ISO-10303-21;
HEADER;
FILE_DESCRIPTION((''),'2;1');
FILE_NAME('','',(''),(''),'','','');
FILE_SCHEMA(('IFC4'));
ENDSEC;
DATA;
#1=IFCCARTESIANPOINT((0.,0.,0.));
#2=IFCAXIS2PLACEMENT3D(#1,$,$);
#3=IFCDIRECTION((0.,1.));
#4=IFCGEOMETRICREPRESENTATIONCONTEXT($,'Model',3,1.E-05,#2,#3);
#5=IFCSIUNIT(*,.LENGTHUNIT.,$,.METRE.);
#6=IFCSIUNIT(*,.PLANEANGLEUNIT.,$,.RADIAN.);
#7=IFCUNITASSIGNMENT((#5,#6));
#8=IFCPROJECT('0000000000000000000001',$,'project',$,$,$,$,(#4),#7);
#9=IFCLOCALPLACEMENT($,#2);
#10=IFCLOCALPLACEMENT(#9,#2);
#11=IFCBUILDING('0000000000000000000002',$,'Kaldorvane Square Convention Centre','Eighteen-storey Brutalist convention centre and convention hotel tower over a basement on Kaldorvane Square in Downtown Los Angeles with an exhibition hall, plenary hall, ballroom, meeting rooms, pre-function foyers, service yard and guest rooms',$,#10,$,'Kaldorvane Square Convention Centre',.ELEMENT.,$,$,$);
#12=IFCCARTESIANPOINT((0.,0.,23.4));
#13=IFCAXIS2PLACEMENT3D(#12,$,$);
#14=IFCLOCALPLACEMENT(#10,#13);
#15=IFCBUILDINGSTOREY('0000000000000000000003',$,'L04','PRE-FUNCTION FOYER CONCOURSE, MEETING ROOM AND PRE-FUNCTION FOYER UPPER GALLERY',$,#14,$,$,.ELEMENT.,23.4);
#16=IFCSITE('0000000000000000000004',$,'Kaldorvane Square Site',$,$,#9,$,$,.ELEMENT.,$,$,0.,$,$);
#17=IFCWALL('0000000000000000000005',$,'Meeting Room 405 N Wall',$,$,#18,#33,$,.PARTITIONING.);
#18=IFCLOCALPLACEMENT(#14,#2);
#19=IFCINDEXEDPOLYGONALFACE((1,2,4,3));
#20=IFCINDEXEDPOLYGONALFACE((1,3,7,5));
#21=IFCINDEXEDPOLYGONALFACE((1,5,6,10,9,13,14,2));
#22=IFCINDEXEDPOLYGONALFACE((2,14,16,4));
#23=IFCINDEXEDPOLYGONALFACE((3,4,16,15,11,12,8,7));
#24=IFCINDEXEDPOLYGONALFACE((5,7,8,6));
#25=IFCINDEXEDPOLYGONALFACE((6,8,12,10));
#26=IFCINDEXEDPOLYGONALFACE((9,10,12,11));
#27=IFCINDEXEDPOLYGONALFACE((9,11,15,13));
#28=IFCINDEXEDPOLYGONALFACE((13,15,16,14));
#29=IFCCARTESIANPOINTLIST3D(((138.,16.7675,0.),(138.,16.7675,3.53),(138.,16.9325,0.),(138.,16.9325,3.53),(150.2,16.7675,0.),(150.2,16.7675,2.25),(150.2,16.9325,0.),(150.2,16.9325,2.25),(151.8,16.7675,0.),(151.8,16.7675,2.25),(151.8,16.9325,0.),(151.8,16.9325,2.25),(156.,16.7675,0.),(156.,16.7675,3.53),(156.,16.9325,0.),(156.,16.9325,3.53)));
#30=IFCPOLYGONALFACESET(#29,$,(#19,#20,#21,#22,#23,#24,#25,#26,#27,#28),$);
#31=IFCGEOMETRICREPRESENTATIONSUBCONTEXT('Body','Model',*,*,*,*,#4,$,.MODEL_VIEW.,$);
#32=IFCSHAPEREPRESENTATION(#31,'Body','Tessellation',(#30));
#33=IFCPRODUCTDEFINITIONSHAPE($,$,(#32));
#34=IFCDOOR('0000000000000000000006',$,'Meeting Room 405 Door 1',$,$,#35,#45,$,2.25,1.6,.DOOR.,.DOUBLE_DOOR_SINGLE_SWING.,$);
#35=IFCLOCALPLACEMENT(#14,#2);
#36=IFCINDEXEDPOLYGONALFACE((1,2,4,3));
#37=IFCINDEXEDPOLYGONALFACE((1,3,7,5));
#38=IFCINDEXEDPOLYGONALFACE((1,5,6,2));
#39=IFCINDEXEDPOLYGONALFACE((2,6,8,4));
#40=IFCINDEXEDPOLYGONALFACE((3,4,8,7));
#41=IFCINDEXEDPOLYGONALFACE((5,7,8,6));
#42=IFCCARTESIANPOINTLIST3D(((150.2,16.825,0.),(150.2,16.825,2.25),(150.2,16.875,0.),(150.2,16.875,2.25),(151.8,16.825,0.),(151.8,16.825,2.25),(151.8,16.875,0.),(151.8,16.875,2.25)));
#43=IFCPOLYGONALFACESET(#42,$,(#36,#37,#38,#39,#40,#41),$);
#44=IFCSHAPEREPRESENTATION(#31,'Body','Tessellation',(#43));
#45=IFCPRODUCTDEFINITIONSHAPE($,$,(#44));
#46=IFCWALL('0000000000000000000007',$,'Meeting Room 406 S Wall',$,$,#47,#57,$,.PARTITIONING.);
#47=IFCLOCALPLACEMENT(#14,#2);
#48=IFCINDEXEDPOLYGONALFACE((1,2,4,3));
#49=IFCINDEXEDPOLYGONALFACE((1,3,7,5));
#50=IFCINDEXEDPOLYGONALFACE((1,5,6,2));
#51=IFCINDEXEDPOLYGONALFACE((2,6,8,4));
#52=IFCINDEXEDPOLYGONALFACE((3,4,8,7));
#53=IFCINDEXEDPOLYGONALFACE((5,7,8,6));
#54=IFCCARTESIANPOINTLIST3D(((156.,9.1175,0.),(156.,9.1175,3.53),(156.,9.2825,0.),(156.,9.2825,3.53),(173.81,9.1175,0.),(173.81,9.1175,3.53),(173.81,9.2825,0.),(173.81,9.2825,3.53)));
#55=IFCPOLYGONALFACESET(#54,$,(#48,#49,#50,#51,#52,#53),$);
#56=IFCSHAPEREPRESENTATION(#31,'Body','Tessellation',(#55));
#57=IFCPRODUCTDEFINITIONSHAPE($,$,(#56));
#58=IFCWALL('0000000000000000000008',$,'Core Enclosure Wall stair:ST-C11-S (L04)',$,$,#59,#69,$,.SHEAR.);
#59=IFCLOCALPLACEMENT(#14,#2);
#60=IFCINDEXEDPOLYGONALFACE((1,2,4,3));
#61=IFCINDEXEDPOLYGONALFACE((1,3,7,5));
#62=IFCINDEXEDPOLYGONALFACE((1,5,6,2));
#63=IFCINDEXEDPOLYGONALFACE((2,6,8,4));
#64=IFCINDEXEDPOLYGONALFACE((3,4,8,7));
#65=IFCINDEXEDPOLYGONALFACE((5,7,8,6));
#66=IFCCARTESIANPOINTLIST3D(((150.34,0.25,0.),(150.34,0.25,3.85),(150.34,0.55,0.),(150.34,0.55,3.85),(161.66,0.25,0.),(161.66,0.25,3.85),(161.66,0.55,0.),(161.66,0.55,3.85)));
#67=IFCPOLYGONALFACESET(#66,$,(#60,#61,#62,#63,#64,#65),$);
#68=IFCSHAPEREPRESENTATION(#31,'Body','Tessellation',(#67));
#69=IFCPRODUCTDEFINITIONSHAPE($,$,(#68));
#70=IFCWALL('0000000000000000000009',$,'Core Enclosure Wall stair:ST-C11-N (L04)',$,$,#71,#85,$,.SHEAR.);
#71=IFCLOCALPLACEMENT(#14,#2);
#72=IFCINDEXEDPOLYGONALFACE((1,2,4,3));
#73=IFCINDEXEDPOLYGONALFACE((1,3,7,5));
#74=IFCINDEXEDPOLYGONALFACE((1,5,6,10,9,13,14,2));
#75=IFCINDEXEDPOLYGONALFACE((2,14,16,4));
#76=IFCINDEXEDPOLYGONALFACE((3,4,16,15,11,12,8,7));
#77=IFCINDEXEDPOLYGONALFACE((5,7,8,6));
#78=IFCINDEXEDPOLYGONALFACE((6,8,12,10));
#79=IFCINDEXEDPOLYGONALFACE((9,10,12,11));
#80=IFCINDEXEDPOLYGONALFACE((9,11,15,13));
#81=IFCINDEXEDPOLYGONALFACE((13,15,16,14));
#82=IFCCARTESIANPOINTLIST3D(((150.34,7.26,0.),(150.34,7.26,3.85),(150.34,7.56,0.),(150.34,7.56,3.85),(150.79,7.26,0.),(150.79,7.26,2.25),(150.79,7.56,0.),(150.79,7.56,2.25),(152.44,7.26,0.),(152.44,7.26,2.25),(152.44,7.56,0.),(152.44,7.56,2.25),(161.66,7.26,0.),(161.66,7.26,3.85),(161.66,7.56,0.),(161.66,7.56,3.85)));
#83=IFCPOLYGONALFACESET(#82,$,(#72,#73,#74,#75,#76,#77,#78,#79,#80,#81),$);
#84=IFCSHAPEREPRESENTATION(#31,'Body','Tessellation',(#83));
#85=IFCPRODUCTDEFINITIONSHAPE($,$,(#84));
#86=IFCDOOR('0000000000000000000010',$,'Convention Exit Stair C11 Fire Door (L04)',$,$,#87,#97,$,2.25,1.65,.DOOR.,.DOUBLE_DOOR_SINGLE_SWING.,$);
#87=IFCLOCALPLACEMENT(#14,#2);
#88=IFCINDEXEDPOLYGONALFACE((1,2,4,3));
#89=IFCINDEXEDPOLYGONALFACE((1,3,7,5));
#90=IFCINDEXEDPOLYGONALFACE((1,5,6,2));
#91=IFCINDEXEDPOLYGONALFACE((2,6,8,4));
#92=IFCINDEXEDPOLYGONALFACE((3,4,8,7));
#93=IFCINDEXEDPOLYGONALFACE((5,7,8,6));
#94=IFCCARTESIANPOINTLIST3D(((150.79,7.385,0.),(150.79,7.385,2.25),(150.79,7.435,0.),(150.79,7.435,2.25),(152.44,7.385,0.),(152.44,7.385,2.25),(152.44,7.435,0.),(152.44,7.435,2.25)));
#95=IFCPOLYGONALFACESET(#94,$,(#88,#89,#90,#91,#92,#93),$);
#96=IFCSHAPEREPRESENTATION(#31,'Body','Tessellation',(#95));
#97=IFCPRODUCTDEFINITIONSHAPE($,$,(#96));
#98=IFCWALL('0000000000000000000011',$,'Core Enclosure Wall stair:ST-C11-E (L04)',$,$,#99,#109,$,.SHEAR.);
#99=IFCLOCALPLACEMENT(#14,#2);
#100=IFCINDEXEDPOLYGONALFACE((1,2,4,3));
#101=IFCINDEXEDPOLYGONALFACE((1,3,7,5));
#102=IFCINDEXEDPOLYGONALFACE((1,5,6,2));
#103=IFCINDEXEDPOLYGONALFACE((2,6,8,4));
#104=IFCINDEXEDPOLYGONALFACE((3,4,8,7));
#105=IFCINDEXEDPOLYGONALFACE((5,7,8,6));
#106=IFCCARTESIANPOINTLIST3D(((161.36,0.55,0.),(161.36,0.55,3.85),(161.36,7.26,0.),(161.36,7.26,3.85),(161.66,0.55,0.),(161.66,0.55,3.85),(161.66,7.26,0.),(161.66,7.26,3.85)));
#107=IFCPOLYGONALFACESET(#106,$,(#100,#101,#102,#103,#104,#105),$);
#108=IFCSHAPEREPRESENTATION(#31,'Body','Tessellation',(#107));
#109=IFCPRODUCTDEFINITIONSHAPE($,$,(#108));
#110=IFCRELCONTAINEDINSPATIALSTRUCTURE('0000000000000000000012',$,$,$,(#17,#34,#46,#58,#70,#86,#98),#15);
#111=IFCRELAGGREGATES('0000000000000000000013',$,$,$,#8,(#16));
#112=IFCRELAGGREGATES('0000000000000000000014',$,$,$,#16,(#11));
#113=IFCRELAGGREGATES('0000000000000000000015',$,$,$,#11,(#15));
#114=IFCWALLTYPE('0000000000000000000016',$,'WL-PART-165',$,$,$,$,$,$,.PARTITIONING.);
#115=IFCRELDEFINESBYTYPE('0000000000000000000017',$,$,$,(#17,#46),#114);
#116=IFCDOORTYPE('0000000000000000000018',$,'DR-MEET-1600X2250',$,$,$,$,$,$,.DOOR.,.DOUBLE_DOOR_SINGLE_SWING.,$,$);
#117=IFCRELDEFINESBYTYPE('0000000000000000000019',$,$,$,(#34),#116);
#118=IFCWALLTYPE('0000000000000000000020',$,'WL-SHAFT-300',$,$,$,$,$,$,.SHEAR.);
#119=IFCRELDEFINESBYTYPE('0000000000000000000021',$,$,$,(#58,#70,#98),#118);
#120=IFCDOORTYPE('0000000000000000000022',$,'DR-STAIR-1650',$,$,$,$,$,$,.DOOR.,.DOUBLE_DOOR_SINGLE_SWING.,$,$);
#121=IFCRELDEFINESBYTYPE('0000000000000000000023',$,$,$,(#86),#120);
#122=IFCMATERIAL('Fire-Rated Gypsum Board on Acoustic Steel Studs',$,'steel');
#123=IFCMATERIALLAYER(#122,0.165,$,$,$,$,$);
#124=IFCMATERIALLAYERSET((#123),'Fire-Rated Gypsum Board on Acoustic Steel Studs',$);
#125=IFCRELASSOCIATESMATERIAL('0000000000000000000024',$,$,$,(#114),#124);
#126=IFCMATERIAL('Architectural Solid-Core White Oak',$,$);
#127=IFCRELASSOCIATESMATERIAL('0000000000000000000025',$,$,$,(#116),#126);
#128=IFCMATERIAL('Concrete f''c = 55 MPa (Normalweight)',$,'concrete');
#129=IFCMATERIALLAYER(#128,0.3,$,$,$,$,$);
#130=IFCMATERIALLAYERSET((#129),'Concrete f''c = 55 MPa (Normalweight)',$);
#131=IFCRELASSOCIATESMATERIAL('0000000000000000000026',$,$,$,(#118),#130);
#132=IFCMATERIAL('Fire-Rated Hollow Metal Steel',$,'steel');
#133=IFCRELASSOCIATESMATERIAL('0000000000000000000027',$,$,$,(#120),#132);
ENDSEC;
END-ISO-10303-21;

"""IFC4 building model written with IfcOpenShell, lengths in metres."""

from ifc_helpers import new_model, si_unit, direction, frame, frame_2d, origin, place, context, subcontext, project, spatial, rectangle, extrude, material, layer, layer_set, type_object, element, fill, save


model = new_model("IFC4")

# Units and contexts
model_context = context("Model", 3, precision=1e-05, world=origin(), true_north=direction((0.0, 1.0)))
body_context = subcontext(model_context, "Body", "Model", "MODEL_VIEW")
ifc_project = project(units=[si_unit("LENGTHUNIT", "METRE"), si_unit("PLANEANGLEUNIT", "RADIAN")], contexts=[model_context])

# Site, building, storey
site_placement = place(None, origin())
site = spatial("IfcSite", under=ifc_project, at=site_placement, Name="Kaldorvane Square Site", CompositionType="ELEMENT", RefElevation=0.0)
building_placement = place(site_placement, origin())
building = spatial("IfcBuilding", under=site, at=building_placement, Name="Kaldorvane Square Convention Centre", Description="Eighteen-storey Brutalist convention centre and convention hotel tower over a basement on Kaldorvane Square in Downtown Los Angeles with an exhibition hall, plenary hall, ballroom, meeting rooms, pre-function foyers, service yard and guest rooms", LongName="Kaldorvane Square Convention Centre", CompositionType="ELEMENT")
storey_placement = place(building_placement, frame((0.0, 0.0, 23.4)))
storey = spatial("IfcBuildingStorey", under=building, at=storey_placement, Name="L04", Description="PRE-FUNCTION FOYER CONCOURSE, MEETING ROOM AND PRE-FUNCTION FOYER UPPER GALLERY", CompositionType="ELEMENT", Elevation=23.4)

# Shared definitions
ifc_material_1 = material(Name="Fire-Rated Gypsum Board on Acoustic Steel Studs", Category="steel")
ifc_layer_1 = layer(ifc_material_1, 0.165)
ifc_layer_set_1 = layer_set([ifc_layer_1], Name="Fire-Rated Gypsum Board on Acoustic Steel Studs")
wall_type_1 = type_object("IfcWallType", Name="WL-PART-165", PredefinedType="PARTITIONING", material=ifc_layer_set_1)

# Wall, opening, door
wall_1_placement = place(storey_placement, frame((156.0, 16.85, 0.0), z_axis=(0.0, 0.0, 1.0), x_axis=(-1.0, 0.0, 0.0)))
wall_1 = element("IfcWall", 1, at=wall_1_placement, inside=storey, type_object=wall_type_1, Name="Meeting Room 405 N Wall", PredefinedType="PARTITIONING", context=body_context, shape_type="SweptSolid", body=[
    extrude(rectangle(XDim=18.0, YDim=0.165, at=frame_2d((9.0, 0.0))), origin(), (0.0, 0.0, 1.0), 3.53),
])
opening_1_placement = place(wall_1_placement, frame((4.2, 0.0, 0.0)))
opening_1 = element("IfcOpeningElement", 2, at=opening_1_placement, cuts=wall_1, PredefinedType="OPENING", context=body_context, shape_type="SweptSolid", body=[
    extrude(rectangle(XDim=1.6, YDim=2.25, at=frame_2d((0.8, 1.125))), frame((0.0, 0.0975, 0.0), z_axis=(0.0, -1.0, 0.0), x_axis=(1.0, 0.0, 0.0)), (0.0, 0.0, 1.0), 0.195),
])
ifc_material_2 = material(Name="Architectural Solid-Core White Oak")
door_type_1 = type_object("IfcDoorType", Name="DR-MEET-1600X2250", OperationType="DOUBLE_DOOR_SINGLE_SWING", PredefinedType="DOOR", material=ifc_material_2)
door_1_placement = place(opening_1_placement, origin())
door_1 = element("IfcDoor", 3, at=door_1_placement, inside=storey, type_object=door_type_1, Name="Meeting Room 405 Door 1", OperationType="DOUBLE_DOOR_SINGLE_SWING", OverallHeight=2.25, OverallWidth=1.6, PredefinedType="DOOR", context=body_context, shape_type="SweptSolid", body=[
    extrude(rectangle(XDim=1.6, YDim=2.25, at=frame_2d((0.8, 1.125))), frame((0.0, 0.025, 0.0), z_axis=(0.0, -1.0, 0.0), x_axis=(1.0, 0.0, 0.0)), (0.0, 0.0, 1.0), 0.05),
])
fill(opening_1, door_1)

# Walls
wall_2_placement = place(storey_placement, frame((156.0, 9.2, 0.0), z_axis=(0.0, 0.0, 1.0), x_axis=(1.0, 0.0, 0.0)))
element("IfcWall", 4, at=wall_2_placement, inside=storey, type_object=wall_type_1, Name="Meeting Room 406 S Wall", PredefinedType="PARTITIONING", context=body_context, shape_type="SweptSolid", body=[
    extrude(rectangle(XDim=17.81, YDim=0.165, at=frame_2d((8.905, 0.0))), origin(), (0.0, 0.0, 1.0), 3.53),
])
ifc_material_3 = material(Name="Concrete f'c = 55 MPa (Normalweight)", Category="concrete")
ifc_layer_2 = layer(ifc_material_3, 0.3)
ifc_layer_set_2 = layer_set([ifc_layer_2], Name="Concrete f'c = 55 MPa (Normalweight)")
wall_type_2 = type_object("IfcWallType", Name="WL-SHAFT-300", PredefinedType="SHEAR", material=ifc_layer_set_2)
wall_3_placement = place(storey_placement, frame((161.66, 0.4, 0.0), z_axis=(0.0, 0.0, 1.0), x_axis=(-1.0, 0.0, 0.0)))
element("IfcWall", 5, at=wall_3_placement, inside=storey, type_object=wall_type_2, Name="Core Enclosure Wall stair:ST-C11-S (L04)", PredefinedType="SHEAR", context=body_context, shape_type="SweptSolid", body=[
    extrude(rectangle(XDim=11.32, YDim=0.3, at=frame_2d((5.66, 0.0))), origin(), (0.0, 0.0, 1.0), 3.85),
])

# Wall, opening, door
wall_4_placement = place(storey_placement, frame((161.66, 7.41, 0.0), z_axis=(0.0, 0.0, 1.0), x_axis=(-1.0, 0.0, 0.0)))
wall_4 = element("IfcWall", 6, at=wall_4_placement, inside=storey, type_object=wall_type_2, Name="Core Enclosure Wall stair:ST-C11-N (L04)", PredefinedType="SHEAR", context=body_context, shape_type="SweptSolid", body=[
    extrude(rectangle(XDim=11.32, YDim=0.3, at=frame_2d((5.66, 0.0))), origin(), (0.0, 0.0, 1.0), 3.85),
])
opening_2_placement = place(wall_4_placement, frame((9.22, 0.0, 0.0)))
opening_2 = element("IfcOpeningElement", 7, at=opening_2_placement, cuts=wall_4, PredefinedType="OPENING", context=body_context, shape_type="SweptSolid", body=[
    extrude(rectangle(XDim=1.65, YDim=2.25, at=frame_2d((0.825, 1.125))), frame((0.0, 0.165, 0.0), z_axis=(0.0, -1.0, 0.0), x_axis=(1.0, 0.0, 0.0)), (0.0, 0.0, 1.0), 0.33),
])
ifc_material_4 = material(Name="Fire-Rated Hollow Metal Steel", Category="steel")
door_type_2 = type_object("IfcDoorType", Name="DR-STAIR-1650", OperationType="DOUBLE_DOOR_SINGLE_SWING", PredefinedType="DOOR", material=ifc_material_4)
door_2_placement = place(opening_2_placement, origin())
door_2 = element("IfcDoor", 8, at=door_2_placement, inside=storey, type_object=door_type_2, Name="Convention Exit Stair C11 Fire Door (L04)", OperationType="DOUBLE_DOOR_SINGLE_SWING", OverallHeight=2.25, OverallWidth=1.65, PredefinedType="DOOR", context=body_context, shape_type="SweptSolid", body=[
    extrude(rectangle(XDim=1.65, YDim=2.25, at=frame_2d((0.825, 1.125))), frame((0.0, 0.025, 0.0), z_axis=(0.0, -1.0, 0.0), x_axis=(1.0, 0.0, 0.0)), (0.0, 0.0, 1.0), 0.05),
])
fill(opening_2, door_2)

# Wall
wall_5_placement = place(storey_placement, frame((161.51, 0.55, 0.0), z_axis=(0.0, 0.0, 1.0), x_axis=(0.0, 1.0, 0.0)))
element("IfcWall", 9, at=wall_5_placement, inside=storey, type_object=wall_type_2, Name="Core Enclosure Wall stair:ST-C11-E (L04)", PredefinedType="SHEAR", context=body_context, shape_type="SweptSolid", body=[
    extrude(rectangle(XDim=6.71, YDim=0.3, at=frame_2d((3.355, 0.0))), origin(), (0.0, 0.0, 1.0), 3.85),
])

save(model, "model.ifc")
